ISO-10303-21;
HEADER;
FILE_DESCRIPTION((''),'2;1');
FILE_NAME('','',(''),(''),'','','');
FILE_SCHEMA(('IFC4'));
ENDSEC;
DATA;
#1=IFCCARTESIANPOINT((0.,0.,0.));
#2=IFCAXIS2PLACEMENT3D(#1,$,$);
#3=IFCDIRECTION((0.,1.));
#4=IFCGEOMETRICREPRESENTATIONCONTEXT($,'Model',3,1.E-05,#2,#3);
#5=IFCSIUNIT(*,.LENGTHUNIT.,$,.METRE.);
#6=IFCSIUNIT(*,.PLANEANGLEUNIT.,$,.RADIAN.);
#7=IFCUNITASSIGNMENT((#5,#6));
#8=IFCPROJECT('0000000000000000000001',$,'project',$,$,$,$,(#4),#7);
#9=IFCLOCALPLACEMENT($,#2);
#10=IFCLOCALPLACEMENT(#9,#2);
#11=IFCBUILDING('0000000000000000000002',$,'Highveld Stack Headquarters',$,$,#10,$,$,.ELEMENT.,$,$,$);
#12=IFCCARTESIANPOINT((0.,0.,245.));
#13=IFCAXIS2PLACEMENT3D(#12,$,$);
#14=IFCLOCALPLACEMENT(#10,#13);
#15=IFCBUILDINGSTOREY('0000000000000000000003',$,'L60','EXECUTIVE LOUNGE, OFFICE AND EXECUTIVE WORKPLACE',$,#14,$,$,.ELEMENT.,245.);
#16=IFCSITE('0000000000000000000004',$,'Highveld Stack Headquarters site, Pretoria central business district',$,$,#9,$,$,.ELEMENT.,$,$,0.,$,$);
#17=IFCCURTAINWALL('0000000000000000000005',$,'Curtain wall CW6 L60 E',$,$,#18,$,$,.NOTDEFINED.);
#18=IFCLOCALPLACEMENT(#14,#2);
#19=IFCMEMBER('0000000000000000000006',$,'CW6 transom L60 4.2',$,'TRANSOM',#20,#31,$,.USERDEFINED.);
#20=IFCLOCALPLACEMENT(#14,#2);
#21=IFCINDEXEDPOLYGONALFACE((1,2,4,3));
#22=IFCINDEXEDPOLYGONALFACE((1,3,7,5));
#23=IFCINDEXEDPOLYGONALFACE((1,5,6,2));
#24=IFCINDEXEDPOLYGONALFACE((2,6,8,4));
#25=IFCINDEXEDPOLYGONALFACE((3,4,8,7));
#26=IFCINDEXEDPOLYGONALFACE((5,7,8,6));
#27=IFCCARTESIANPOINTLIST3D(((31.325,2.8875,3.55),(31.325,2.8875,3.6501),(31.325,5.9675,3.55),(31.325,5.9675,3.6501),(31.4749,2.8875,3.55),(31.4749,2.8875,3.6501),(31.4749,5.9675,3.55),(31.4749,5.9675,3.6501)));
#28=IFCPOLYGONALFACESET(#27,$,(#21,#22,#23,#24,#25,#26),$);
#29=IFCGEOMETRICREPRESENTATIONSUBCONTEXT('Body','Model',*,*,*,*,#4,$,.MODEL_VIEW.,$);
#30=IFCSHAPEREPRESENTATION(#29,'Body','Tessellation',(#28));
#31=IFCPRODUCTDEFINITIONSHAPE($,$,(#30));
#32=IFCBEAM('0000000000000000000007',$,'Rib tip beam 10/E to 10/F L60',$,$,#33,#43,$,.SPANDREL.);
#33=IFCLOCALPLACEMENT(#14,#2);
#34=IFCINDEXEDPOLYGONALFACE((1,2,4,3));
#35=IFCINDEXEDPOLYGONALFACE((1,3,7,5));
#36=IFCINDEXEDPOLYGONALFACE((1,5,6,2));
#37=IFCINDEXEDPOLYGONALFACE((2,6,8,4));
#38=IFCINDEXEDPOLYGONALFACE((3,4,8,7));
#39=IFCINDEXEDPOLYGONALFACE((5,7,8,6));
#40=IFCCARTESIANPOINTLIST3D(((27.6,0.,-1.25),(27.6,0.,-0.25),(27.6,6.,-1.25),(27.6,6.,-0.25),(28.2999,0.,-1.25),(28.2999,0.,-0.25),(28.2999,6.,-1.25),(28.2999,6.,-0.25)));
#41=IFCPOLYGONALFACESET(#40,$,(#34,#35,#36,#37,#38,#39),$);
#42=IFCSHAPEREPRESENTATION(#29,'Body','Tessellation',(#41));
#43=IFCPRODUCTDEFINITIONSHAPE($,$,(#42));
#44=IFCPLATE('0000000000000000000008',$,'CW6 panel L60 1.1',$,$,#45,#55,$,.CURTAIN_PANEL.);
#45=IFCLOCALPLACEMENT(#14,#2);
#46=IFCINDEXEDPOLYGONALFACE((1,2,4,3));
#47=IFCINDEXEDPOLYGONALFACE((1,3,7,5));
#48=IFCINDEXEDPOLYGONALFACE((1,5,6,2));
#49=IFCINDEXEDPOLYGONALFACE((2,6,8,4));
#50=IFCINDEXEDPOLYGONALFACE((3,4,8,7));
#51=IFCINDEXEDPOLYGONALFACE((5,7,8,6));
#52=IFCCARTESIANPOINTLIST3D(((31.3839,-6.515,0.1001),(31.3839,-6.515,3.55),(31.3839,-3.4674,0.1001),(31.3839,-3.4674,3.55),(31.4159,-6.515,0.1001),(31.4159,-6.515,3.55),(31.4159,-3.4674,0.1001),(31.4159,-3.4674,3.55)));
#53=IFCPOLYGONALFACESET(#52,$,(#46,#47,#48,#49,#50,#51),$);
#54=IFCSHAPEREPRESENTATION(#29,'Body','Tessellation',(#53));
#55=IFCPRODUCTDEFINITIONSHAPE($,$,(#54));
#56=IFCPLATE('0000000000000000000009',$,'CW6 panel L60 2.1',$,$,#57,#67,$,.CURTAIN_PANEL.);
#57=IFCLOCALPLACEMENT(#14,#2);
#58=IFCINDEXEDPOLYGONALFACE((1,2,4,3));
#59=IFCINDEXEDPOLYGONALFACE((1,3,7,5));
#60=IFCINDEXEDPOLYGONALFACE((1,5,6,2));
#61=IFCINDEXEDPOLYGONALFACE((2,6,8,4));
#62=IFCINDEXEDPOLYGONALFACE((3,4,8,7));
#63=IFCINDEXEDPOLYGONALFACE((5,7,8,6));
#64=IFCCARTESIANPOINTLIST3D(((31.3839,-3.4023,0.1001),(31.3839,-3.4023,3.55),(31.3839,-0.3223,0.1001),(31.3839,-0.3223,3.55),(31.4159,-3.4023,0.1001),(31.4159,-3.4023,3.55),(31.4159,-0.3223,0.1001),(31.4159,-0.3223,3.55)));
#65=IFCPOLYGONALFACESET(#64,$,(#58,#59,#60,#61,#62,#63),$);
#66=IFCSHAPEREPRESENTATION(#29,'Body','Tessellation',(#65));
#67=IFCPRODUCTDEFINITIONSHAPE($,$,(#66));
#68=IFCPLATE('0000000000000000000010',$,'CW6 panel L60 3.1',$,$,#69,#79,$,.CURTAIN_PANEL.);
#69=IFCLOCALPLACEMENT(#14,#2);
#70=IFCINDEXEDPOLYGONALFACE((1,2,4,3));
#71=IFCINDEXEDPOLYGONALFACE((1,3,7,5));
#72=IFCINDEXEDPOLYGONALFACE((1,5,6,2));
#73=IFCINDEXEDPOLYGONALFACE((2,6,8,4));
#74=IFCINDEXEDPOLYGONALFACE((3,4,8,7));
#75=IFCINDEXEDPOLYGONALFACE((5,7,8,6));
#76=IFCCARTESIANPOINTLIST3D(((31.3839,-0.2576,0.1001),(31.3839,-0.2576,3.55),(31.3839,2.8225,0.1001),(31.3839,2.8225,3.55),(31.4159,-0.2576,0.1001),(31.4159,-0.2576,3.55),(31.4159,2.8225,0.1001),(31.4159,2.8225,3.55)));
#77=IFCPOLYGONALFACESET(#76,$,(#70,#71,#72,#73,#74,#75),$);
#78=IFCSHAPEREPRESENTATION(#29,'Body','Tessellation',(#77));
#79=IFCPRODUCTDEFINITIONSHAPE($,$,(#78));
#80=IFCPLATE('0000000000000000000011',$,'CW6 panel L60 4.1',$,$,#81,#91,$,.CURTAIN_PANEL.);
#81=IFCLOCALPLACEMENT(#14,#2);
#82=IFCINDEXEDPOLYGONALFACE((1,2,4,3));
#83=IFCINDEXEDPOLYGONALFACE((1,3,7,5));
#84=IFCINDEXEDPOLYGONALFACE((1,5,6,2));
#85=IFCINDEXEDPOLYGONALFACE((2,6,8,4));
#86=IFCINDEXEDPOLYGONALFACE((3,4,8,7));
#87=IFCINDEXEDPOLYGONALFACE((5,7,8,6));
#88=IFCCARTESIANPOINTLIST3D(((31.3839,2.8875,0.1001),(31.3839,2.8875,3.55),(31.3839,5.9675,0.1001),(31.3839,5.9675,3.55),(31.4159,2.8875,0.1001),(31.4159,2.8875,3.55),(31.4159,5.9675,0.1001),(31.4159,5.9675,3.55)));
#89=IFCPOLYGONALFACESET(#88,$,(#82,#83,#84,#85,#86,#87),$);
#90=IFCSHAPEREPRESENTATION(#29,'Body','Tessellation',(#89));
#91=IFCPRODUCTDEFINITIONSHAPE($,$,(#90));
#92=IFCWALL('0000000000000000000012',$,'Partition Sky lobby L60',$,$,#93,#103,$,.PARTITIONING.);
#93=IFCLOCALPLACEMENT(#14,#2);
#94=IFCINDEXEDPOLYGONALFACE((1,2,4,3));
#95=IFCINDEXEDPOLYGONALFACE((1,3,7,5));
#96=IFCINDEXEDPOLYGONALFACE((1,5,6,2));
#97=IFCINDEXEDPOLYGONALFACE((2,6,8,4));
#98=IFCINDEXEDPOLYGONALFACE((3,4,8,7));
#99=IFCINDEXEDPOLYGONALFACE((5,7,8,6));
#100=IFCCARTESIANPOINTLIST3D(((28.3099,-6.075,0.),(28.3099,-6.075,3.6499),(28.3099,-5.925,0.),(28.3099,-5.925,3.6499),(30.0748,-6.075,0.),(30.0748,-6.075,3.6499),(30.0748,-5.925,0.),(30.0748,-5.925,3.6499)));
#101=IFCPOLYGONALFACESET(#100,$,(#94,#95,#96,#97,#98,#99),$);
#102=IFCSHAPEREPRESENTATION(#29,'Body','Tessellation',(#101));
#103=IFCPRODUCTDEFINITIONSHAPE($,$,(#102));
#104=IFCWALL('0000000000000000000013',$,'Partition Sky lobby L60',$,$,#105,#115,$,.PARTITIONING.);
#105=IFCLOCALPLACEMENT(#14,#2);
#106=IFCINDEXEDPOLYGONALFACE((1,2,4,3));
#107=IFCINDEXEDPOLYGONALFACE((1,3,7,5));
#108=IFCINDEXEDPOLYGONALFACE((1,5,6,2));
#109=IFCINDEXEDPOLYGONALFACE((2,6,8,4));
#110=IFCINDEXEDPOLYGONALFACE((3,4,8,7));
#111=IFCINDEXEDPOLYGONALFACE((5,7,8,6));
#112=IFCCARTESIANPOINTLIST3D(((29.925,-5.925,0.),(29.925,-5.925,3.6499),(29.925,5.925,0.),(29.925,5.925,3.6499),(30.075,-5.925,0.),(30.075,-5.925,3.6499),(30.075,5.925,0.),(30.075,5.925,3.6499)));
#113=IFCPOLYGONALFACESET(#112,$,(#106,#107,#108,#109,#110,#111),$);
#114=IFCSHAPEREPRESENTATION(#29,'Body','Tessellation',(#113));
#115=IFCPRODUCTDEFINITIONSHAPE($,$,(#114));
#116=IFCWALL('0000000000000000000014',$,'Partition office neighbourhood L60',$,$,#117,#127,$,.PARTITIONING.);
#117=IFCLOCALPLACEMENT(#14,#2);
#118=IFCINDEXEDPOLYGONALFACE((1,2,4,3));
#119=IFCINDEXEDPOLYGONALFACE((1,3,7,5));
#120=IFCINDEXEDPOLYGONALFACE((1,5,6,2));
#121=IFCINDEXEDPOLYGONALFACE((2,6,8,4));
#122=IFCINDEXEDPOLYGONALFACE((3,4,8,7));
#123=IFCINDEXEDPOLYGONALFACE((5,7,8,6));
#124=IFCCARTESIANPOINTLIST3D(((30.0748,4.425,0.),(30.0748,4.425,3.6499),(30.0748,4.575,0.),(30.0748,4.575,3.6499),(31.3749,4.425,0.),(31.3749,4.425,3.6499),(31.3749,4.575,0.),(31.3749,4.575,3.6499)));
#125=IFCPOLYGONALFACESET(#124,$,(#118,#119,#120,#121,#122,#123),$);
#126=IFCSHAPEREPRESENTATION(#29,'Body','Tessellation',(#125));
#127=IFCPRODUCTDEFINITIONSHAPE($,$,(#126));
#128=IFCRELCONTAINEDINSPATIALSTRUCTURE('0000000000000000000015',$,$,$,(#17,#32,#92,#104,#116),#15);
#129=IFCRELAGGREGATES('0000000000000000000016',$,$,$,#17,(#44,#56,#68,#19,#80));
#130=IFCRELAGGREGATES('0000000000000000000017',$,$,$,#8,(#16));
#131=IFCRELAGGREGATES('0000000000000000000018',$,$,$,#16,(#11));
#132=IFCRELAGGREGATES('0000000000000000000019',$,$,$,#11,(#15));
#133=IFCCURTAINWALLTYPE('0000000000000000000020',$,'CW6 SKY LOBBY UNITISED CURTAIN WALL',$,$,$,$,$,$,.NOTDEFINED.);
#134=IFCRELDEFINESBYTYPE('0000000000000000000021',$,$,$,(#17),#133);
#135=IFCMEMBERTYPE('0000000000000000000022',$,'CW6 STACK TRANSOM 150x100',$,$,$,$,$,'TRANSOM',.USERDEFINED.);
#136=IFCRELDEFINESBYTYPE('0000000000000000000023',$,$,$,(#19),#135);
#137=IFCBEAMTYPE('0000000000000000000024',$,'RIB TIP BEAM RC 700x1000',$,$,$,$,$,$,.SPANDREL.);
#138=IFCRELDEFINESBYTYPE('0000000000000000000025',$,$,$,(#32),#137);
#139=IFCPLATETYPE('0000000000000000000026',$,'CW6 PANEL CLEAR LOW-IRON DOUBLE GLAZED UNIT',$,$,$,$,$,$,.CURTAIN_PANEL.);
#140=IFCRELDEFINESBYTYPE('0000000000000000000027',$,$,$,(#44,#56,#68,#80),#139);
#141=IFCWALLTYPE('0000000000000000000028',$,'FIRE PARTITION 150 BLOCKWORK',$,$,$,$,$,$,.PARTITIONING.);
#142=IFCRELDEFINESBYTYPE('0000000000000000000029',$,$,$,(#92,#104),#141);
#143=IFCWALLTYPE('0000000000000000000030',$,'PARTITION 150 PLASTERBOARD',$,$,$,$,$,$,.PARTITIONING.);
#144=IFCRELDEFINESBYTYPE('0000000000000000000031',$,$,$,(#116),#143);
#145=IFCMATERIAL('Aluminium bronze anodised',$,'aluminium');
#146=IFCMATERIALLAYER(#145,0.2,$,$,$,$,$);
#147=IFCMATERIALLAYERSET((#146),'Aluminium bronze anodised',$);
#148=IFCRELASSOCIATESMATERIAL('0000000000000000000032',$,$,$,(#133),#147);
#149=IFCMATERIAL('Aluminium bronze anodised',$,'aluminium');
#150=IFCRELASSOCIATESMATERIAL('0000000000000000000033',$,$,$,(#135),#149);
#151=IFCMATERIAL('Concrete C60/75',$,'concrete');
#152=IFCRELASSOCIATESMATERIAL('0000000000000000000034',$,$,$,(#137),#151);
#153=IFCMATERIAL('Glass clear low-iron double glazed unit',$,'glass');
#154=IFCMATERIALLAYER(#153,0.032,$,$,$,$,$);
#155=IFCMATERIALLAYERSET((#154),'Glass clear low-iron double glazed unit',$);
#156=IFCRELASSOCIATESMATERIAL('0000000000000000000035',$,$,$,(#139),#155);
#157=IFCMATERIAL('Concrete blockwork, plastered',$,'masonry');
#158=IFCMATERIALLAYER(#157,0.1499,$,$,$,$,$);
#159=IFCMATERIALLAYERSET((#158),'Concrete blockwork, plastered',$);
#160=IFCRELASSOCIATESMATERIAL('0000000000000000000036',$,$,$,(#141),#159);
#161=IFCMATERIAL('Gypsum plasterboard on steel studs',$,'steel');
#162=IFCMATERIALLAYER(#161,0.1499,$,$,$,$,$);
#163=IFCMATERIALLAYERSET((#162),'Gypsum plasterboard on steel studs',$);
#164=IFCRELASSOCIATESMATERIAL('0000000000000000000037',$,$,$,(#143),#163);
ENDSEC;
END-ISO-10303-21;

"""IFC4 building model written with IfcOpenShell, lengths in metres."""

from ifc_helpers import new_model, si_unit, direction, frame, frame_2d, origin, origin_2d, place, context, subcontext, project, spatial, rectangle, extrude, material, layer, layer_set, material_profile, profile_set, type_object, element, aggregate, save


model = new_model("IFC4")

# Units and contexts
model_context = context("Model", 3, precision=1e-05, world=origin(), true_north=direction((0.0, 1.0)))
body_context = subcontext(model_context, "Body", "Model", "MODEL_VIEW")
ifc_project = project(units=[si_unit("LENGTHUNIT", "METRE"), si_unit("PLANEANGLEUNIT", "RADIAN")], contexts=[model_context])

# Site, building, storey
site_placement = place(None, origin())
site = spatial("IfcSite", under=ifc_project, at=site_placement, Name="Highveld Stack Headquarters site, Pretoria central business district", CompositionType="ELEMENT", RefElevation=0.0)
building_placement = place(site_placement, origin())
building = spatial("IfcBuilding", under=site, at=building_placement, Name="Highveld Stack Headquarters", CompositionType="ELEMENT")
storey_placement = place(building_placement, frame((0.0, 0.0, 245.0)))
storey = spatial("IfcBuildingStorey", under=building, at=storey_placement, Name="L60", Description="EXECUTIVE LOUNGE, OFFICE AND EXECUTIVE WORKPLACE", CompositionType="ELEMENT", Elevation=245.0)

# Curtain wall, member
ifc_material_1 = material(Name="Aluminium bronze anodised", Category="aluminium")
ifc_layer_1 = layer(ifc_material_1, 0.2)
ifc_layer_set_1 = layer_set([ifc_layer_1], Name="Aluminium bronze anodised")
curtain_wall_type = type_object("IfcCurtainWallType", Name="CW6 SKY LOBBY UNITISED CURTAIN WALL", PredefinedType="NOTDEFINED", material=ifc_layer_set_1)
curtain_wall_placement = place(storey_placement, origin())
curtain_wall = element("IfcCurtainWall", 1, at=curtain_wall_placement, inside=storey, type_object=curtain_wall_type, Name="Curtain wall CW6 L60 E", PredefinedType="NOTDEFINED")
ifc_material_2 = material(Name="Aluminium bronze anodised", Category="aluminium")
ifc_material_profile_1 = material_profile(ifc_material_2, rectangle(XDim=0.1499, YDim=0.1001, at=origin_2d()), Name="CW6 TRANSOM 150x100")
ifc_profile_set_1 = profile_set([ifc_material_profile_1], Name="Aluminium bronze anodised")
member_type_1 = type_object("IfcMemberType", Name="CW6 STACK TRANSOM 150x100", ElementType="TRANSOM", PredefinedType="USERDEFINED", material=ifc_profile_set_1)
member_1_placement = place(storey_placement, frame((31.3999, 2.8875, 3.6001), z_axis=(0.0, 1.0, 0.0), x_axis=(-1.0, 0.0, 0.0)))
member_1 = element("IfcMember", 2, at=member_1_placement, type_object=member_type_1, Name="CW6 transom L60 4.2", ObjectType="TRANSOM", PredefinedType="USERDEFINED", context=body_context, shape_type="SweptSolid", body=[
    extrude(rectangle(XDim=0.1499, YDim=0.1001, at=origin_2d()), origin(), (0.0, 0.0, 1.0), 3.0801),
])

# Beam
ifc_material_3 = material(Name="Concrete C60/75", Category="concrete")
ifc_material_profile_2 = material_profile(ifc_material_3, rectangle(XDim=0.7, YDim=1.0, at=origin_2d()), Name="RC 700x1000")
ifc_profile_set_2 = profile_set([ifc_material_profile_2], Name="Concrete C60/75")
beam_type_1 = type_object("IfcBeamType", Name="RIB TIP BEAM RC 700x1000", PredefinedType="SPANDREL", material=ifc_profile_set_2)
beam_1_placement = place(storey_placement, frame((27.95, 0.0, -0.75), z_axis=(0.0, 1.0, 0.0), x_axis=(-1.0, 0.0, 0.0)))
element("IfcBeam", 3, at=beam_1_placement, inside=storey, type_object=beam_type_1, Name="Rib tip beam 10/E to 10/F L60", PredefinedType="SPANDREL", context=body_context, shape_type="SweptSolid", body=[
    extrude(rectangle(XDim=0.7, YDim=1.0, at=origin_2d()), origin(), (0.0, 0.0, 1.0), 6.0),
])

# Plates
ifc_material_4 = material(Name="Glass clear low-iron double glazed unit", Category="glass")
ifc_layer_2 = layer(ifc_material_4, 0.032)
ifc_layer_set_2 = layer_set([ifc_layer_2], Name="Glass clear low-iron double glazed unit")
plate_type = type_object("IfcPlateType", Name="CW6 PANEL CLEAR LOW-IRON DOUBLE GLAZED UNIT", PredefinedType="CURTAIN_PANEL", material=ifc_layer_set_2)
plate_1_placement = place(storey_placement, frame((31.3999, -4.9912, 0.1001), z_axis=(0.0, 0.0, 1.0), x_axis=(0.0, 1.0, 0.0)))
plate_1 = element("IfcPlate", 4, at=plate_1_placement, type_object=plate_type, Name="CW6 panel L60 1.1", PredefinedType="CURTAIN_PANEL", context=body_context, shape_type="SweptSolid", body=[
    extrude(rectangle(XDim=3.0476, YDim=0.032, at=origin_2d()), origin(), (0.0, 0.0, 1.0), 3.45),
])
plate_2_placement = place(storey_placement, frame((31.3999, -1.8623, 0.1001), z_axis=(0.0, 0.0, 1.0), x_axis=(0.0, 1.0, 0.0)))
plate_2 = element("IfcPlate", 5, at=plate_2_placement, type_object=plate_type, Name="CW6 panel L60 2.1", PredefinedType="CURTAIN_PANEL", context=body_context, shape_type="SweptSolid", body=[
    extrude(rectangle(XDim=3.0801, YDim=0.032, at=origin_2d()), origin(), (0.0, 0.0, 1.0), 3.45),
])
plate_3_placement = place(storey_placement, frame((31.3999, 1.2825, 0.1001), z_axis=(0.0, 0.0, 1.0), x_axis=(0.0, 1.0, 0.0)))
plate_3 = element("IfcPlate", 6, at=plate_3_placement, type_object=plate_type, Name="CW6 panel L60 3.1", PredefinedType="CURTAIN_PANEL", context=body_context, shape_type="SweptSolid", body=[
    extrude(rectangle(XDim=3.0801, YDim=0.032, at=origin_2d()), origin(), (0.0, 0.0, 1.0), 3.45),
])
plate_4_placement = place(storey_placement, frame((31.3999, 4.4275, 0.1001), z_axis=(0.0, 0.0, 1.0), x_axis=(0.0, 1.0, 0.0)))
plate_4 = element("IfcPlate", 7, at=plate_4_placement, type_object=plate_type, Name="CW6 panel L60 4.1", PredefinedType="CURTAIN_PANEL", context=body_context, shape_type="SweptSolid", body=[
    extrude(rectangle(XDim=3.0801, YDim=0.032, at=origin_2d()), origin(), (0.0, 0.0, 1.0), 3.45),
])
aggregate(curtain_wall, [plate_1, plate_2, plate_3, member_1, plate_4])

# Walls
ifc_material_5 = material(Name="Concrete blockwork, plastered", Category="masonry")
ifc_layer_3 = layer(ifc_material_5, 0.1499)
ifc_layer_set_3 = layer_set([ifc_layer_3], Name="Concrete blockwork, plastered")
wall_type_1 = type_object("IfcWallType", Name="FIRE PARTITION 150 BLOCKWORK", PredefinedType="PARTITIONING", material=ifc_layer_set_3)
wall_1_placement = place(storey_placement, frame((28.3101, -6.0, 0.0), z_axis=(0.0, 0.0, 1.0), x_axis=(1.0, 0.0, 0.0)))
element("IfcWall", 8, at=wall_1_placement, inside=storey, type_object=wall_type_1, Name="Partition Sky lobby L60", PredefinedType="PARTITIONING", context=body_context, shape_type="SweptSolid", body=[
    extrude(rectangle(XDim=1.7649, YDim=0.1499, at=frame_2d((0.8823, 0.0))), origin(), (0.0, 0.0, 1.0), 3.6499),
])
wall_2_placement = place(storey_placement, frame((30.0, -5.925, 0.0), z_axis=(0.0, 0.0, 1.0), x_axis=(0.0, 1.0, 0.0)))
element("IfcWall", 9, at=wall_2_placement, inside=storey, type_object=wall_type_1, Name="Partition Sky lobby L60", PredefinedType="PARTITIONING", context=body_context, shape_type="SweptSolid", body=[
    extrude(rectangle(XDim=11.8501, YDim=0.1499, at=frame_2d((5.925, 0.0))), origin(), (0.0, 0.0, 1.0), 3.6499),
])
ifc_material_6 = material(Name="Gypsum plasterboard on steel studs", Category="steel")
ifc_layer_4 = layer(ifc_material_6, 0.1499)
ifc_layer_set_4 = layer_set([ifc_layer_4], Name="Gypsum plasterboard on steel studs")
wall_type_2 = type_object("IfcWallType", Name="PARTITION 150 PLASTERBOARD", PredefinedType="PARTITIONING", material=ifc_layer_set_4)
wall_3_placement = place(storey_placement, frame((30.075, 4.5, 0.0), z_axis=(0.0, 0.0, 1.0), x_axis=(1.0, 0.0, 0.0)))
element("IfcWall", 10, at=wall_3_placement, inside=storey, type_object=wall_type_2, Name="Partition office neighbourhood L60", PredefinedType="PARTITIONING", context=body_context, shape_type="SweptSolid", body=[
    extrude(rectangle(XDim=1.3, YDim=0.1499, at=frame_2d((0.6499, 0.0))), origin(), (0.0, 0.0, 1.0), 3.6499),
])

save(model, "model.ifc")
